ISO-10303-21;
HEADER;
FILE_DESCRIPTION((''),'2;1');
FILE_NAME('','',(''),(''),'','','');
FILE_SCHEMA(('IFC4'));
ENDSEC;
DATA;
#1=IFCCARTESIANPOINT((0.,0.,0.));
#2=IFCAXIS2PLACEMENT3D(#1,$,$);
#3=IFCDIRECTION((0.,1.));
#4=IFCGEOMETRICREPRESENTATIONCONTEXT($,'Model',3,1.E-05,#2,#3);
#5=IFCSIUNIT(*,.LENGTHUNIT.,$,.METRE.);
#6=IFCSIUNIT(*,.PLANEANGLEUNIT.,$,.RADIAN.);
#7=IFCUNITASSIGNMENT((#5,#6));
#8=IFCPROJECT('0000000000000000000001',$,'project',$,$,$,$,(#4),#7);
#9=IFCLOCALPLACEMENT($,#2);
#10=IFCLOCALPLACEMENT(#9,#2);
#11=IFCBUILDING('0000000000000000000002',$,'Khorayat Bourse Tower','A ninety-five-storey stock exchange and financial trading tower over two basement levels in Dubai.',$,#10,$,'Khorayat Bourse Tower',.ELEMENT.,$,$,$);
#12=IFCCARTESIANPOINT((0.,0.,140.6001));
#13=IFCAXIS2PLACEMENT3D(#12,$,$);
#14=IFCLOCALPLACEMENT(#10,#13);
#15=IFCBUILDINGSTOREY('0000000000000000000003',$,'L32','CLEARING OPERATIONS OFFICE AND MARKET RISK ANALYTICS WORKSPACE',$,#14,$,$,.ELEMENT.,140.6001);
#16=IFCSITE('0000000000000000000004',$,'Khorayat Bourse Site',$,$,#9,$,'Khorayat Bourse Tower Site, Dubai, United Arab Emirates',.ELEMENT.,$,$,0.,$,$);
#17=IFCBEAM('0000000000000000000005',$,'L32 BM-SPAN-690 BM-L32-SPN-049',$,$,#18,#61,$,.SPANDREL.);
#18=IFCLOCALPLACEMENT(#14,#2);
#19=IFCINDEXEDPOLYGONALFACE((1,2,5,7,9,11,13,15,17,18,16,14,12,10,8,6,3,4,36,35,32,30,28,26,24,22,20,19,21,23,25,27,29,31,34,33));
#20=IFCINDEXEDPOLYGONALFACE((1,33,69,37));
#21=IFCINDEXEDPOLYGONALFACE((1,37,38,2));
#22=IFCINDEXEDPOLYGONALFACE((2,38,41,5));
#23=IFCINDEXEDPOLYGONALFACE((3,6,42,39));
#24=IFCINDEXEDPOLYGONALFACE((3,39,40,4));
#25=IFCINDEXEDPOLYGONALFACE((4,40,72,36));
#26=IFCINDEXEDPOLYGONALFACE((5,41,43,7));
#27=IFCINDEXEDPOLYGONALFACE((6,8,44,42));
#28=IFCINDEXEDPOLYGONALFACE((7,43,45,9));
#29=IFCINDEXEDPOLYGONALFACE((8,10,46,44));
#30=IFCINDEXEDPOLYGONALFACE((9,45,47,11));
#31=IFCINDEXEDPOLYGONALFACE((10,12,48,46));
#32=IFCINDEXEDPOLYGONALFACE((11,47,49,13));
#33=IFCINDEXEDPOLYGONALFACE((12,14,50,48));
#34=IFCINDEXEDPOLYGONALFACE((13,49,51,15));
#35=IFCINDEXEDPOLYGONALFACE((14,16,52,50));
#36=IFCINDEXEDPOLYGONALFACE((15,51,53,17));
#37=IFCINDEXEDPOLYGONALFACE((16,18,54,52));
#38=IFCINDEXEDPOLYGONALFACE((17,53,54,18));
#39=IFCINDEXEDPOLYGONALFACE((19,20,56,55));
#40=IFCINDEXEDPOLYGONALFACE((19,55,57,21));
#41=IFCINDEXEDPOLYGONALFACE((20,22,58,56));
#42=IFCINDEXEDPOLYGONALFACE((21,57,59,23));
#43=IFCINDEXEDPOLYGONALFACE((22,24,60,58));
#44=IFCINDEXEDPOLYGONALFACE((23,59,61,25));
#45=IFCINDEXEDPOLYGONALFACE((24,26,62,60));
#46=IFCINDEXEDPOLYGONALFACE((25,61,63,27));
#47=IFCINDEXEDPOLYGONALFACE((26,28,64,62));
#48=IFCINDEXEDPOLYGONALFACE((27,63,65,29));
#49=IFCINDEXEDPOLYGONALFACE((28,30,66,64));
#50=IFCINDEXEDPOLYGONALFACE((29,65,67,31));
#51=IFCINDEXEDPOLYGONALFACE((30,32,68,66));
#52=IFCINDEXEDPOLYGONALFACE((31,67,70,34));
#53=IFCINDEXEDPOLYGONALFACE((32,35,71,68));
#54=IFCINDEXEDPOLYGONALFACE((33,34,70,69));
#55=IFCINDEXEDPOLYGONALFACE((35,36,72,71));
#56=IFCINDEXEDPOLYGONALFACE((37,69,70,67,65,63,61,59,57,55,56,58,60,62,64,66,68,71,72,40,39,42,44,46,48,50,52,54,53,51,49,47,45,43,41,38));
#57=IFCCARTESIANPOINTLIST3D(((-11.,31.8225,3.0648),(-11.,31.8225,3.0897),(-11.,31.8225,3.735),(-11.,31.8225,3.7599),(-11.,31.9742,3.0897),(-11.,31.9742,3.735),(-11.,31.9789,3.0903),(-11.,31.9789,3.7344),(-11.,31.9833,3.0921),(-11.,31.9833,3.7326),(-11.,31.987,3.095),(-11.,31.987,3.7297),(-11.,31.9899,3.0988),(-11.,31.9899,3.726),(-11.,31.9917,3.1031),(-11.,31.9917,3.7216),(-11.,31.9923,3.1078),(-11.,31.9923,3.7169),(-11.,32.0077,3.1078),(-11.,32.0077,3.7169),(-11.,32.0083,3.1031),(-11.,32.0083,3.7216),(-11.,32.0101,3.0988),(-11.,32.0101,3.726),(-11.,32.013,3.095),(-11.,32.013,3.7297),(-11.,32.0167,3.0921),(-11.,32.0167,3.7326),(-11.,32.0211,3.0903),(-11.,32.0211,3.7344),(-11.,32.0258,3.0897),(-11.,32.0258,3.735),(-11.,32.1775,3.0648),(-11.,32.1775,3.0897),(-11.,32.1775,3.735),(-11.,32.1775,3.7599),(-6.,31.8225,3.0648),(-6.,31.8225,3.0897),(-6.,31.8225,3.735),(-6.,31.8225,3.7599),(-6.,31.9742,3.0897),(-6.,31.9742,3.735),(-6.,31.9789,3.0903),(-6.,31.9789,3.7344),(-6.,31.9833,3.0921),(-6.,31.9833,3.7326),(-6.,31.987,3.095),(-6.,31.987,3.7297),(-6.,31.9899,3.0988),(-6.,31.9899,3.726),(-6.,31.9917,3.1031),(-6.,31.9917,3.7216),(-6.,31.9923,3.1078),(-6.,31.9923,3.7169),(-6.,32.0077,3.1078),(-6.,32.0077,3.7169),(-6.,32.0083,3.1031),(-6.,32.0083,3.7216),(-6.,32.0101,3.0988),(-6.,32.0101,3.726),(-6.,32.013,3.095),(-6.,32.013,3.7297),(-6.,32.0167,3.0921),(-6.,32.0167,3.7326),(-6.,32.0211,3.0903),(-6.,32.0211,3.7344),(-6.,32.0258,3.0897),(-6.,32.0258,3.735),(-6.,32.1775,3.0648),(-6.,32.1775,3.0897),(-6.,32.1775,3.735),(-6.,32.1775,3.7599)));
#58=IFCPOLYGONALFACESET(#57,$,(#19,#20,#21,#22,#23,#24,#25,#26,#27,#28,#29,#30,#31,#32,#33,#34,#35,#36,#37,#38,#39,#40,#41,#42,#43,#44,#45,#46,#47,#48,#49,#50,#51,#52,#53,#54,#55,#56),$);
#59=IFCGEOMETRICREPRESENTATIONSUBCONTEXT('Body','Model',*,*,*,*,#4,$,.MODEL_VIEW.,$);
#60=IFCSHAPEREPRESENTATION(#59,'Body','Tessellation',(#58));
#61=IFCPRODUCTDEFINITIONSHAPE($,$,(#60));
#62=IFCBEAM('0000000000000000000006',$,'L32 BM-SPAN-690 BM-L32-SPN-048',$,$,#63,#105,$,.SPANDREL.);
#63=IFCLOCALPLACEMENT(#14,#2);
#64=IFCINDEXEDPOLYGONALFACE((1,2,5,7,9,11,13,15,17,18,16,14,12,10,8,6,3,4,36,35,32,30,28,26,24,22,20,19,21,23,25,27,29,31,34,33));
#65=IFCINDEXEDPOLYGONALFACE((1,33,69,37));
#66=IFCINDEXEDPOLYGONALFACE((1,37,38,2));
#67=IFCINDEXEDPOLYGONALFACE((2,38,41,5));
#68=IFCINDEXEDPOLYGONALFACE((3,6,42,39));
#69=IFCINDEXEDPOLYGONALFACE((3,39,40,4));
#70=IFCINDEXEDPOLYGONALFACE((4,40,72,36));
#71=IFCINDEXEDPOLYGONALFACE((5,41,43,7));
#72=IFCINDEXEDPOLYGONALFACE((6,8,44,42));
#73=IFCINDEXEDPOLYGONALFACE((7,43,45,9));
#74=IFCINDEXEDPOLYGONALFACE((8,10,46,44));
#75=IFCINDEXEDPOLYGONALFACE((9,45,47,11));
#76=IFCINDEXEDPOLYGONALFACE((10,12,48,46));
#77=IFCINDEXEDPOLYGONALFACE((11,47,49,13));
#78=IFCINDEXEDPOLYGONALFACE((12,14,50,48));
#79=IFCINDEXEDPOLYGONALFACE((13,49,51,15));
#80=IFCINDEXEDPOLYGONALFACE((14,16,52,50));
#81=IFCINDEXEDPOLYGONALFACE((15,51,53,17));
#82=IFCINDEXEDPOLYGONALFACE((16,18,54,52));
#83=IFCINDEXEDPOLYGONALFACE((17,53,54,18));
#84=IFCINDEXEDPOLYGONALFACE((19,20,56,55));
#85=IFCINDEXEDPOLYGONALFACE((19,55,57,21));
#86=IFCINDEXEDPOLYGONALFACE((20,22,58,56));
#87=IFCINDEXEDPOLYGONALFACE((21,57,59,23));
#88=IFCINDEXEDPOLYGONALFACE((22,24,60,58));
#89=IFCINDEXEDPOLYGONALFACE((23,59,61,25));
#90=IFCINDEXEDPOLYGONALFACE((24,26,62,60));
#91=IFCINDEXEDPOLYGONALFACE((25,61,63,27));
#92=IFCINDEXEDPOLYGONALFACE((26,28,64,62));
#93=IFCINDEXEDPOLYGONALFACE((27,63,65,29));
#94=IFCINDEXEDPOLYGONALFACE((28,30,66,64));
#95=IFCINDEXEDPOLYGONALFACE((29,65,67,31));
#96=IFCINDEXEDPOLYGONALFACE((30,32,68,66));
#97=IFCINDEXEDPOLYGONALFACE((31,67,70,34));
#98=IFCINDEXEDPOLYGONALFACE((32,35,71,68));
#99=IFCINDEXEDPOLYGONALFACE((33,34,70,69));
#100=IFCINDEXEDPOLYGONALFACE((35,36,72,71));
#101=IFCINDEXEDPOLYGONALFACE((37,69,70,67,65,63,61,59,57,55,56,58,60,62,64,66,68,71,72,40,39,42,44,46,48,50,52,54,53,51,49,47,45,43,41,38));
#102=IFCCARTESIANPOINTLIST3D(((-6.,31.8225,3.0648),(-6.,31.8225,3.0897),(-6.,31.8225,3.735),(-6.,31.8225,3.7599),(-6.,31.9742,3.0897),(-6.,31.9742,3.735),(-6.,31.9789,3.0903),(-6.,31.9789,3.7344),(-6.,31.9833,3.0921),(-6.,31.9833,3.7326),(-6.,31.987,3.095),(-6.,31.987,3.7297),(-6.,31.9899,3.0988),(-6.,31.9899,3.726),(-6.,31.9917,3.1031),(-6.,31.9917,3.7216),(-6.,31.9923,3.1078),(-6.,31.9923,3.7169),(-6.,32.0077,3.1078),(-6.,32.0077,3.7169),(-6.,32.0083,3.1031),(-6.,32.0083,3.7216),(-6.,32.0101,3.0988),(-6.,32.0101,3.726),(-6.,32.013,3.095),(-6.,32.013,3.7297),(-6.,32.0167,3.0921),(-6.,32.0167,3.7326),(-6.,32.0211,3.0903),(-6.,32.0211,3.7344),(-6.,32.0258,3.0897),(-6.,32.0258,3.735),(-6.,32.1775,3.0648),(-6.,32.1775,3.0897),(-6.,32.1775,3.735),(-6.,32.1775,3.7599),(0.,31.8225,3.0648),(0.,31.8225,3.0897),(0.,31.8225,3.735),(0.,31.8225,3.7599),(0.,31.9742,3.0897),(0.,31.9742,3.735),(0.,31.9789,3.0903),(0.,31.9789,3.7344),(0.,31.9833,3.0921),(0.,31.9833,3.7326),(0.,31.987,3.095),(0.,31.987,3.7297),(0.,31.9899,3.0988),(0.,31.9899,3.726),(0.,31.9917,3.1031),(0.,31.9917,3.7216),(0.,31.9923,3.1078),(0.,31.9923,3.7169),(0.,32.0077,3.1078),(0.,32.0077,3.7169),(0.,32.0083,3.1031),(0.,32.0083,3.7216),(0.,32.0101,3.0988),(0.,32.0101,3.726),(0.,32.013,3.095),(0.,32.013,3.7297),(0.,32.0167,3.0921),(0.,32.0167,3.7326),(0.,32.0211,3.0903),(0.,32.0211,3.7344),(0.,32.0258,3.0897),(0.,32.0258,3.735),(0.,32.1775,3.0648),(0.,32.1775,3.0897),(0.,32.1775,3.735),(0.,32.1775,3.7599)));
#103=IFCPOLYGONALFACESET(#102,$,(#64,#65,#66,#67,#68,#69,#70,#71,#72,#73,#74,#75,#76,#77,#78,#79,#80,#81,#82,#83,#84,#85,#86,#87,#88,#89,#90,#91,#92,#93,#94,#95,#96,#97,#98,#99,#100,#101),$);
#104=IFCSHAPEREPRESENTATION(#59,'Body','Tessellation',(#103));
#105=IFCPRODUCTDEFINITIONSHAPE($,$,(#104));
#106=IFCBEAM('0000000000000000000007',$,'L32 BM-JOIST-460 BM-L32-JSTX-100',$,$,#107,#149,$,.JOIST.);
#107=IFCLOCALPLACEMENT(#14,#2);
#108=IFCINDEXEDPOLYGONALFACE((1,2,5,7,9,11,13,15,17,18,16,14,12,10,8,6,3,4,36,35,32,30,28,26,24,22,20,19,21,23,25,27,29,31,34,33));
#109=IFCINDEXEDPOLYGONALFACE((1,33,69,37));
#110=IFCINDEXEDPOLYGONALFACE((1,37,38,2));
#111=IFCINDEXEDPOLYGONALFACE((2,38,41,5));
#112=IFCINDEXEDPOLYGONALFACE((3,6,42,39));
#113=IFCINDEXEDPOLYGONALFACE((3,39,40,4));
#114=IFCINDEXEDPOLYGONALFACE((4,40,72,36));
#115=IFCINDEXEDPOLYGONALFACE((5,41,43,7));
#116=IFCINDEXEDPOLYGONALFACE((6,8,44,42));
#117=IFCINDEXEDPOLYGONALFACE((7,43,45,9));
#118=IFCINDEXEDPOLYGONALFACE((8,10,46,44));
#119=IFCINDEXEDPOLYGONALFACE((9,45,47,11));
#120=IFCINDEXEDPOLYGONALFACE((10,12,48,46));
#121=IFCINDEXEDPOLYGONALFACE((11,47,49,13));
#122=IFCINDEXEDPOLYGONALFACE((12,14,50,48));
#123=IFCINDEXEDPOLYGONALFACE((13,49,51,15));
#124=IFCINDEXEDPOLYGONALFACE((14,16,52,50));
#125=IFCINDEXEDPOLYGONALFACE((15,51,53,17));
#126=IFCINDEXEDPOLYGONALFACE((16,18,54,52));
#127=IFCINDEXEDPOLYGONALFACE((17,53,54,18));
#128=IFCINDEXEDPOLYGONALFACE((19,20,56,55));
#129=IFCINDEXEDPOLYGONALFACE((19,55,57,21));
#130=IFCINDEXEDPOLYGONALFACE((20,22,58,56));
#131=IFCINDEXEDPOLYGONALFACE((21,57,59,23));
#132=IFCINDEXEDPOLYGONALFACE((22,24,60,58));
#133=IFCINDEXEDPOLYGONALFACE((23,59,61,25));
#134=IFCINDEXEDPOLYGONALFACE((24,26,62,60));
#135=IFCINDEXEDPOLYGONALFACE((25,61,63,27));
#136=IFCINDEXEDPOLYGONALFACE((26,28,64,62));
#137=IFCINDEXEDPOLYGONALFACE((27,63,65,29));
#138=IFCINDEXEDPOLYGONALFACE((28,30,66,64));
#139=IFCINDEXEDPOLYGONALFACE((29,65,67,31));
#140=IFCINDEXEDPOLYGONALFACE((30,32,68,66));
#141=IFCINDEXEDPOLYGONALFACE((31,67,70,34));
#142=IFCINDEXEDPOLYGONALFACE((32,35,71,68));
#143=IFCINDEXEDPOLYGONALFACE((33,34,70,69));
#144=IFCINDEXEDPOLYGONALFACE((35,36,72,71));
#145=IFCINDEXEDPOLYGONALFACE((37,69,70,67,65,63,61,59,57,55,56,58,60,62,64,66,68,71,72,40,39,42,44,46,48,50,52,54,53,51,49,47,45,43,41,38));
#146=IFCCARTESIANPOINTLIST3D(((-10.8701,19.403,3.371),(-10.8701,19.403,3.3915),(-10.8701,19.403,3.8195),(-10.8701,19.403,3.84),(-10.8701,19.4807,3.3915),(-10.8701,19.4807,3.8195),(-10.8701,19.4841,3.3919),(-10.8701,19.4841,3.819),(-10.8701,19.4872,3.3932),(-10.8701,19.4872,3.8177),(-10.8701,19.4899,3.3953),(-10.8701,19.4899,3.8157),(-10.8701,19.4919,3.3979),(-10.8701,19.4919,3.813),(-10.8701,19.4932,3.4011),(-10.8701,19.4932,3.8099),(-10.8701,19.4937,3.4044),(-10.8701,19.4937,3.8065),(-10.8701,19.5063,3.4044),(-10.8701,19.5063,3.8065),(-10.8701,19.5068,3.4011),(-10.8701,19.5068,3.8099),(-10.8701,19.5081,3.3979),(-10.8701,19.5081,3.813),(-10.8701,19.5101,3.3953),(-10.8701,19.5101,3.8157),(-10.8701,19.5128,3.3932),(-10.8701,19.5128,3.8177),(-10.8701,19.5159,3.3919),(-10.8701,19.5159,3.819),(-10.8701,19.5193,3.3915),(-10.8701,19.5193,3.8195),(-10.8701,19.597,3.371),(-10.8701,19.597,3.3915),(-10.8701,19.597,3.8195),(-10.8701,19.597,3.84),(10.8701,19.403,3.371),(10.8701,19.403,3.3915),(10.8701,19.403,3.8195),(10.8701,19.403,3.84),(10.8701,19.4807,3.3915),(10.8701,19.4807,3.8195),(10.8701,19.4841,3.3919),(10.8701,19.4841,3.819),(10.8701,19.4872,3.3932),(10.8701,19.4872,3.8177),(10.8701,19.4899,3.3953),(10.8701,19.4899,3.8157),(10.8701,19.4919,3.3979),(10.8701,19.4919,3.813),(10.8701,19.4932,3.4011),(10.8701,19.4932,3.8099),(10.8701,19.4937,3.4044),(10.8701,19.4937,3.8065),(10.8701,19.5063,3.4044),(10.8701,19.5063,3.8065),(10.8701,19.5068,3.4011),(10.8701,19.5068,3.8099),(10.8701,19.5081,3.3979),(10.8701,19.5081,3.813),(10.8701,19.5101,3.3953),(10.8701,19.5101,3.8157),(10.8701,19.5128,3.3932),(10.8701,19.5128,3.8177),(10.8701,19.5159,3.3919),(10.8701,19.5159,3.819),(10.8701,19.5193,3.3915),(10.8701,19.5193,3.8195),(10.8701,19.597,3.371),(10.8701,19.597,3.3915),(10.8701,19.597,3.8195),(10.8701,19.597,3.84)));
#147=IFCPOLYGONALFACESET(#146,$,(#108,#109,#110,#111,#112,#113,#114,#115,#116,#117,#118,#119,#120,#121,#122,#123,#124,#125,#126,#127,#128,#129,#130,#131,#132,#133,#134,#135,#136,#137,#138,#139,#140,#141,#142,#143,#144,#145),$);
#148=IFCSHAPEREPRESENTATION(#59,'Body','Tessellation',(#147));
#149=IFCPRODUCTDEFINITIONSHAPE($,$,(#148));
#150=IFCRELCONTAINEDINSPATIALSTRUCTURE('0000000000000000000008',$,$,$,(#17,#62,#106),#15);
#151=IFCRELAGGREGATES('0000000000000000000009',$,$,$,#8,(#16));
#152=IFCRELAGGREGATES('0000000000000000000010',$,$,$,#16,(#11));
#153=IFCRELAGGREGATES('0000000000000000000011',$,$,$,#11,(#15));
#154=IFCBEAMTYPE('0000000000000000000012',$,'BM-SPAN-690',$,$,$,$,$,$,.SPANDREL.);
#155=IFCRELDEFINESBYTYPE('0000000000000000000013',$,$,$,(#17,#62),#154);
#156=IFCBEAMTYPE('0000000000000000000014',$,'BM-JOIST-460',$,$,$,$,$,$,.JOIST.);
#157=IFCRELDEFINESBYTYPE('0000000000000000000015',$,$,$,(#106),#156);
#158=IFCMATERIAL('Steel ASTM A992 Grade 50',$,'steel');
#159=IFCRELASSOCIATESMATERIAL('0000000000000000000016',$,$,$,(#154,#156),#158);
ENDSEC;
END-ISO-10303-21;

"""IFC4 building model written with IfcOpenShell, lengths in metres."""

from ifc_helpers import new_model, si_unit, direction, frame, origin, origin_2d, place, context, subcontext, project, spatial, i_section, extrude, source, transform, mapped, material, material_profile, profile_set, type_object, element, save


model = new_model("IFC4")

# Units and contexts
model_context = context("Model", 3, precision=1e-05, world=origin(), true_north=direction((0.0, 1.0)))
body_context = subcontext(model_context, "Body", "Model", "MODEL_VIEW")
ifc_project = project(units=[si_unit("LENGTHUNIT", "METRE"), si_unit("PLANEANGLEUNIT", "RADIAN")], contexts=[model_context])

# Site, building, storey
site_placement = place(None, origin())
site = spatial("IfcSite", under=ifc_project, at=site_placement, Name="Khorayat Bourse Site", LongName="Khorayat Bourse Tower Site, Dubai, United Arab Emirates", CompositionType="ELEMENT", RefElevation=0.0)
building_placement = place(site_placement, origin())
building = spatial("IfcBuilding", under=site, at=building_placement, Name="Khorayat Bourse Tower", Description="A ninety-five-storey stock exchange and financial trading tower over two basement levels in Dubai.", LongName="Khorayat Bourse Tower", CompositionType="ELEMENT")
storey_placement = place(building_placement, frame((0.0, 0.0, 140.6001)))
storey = spatial("IfcBuildingStorey", under=building, at=storey_placement, Name="L32", Description="CLEARING OPERATIONS OFFICE AND MARKET RISK ANALYTICS WORKSPACE", CompositionType="ELEMENT", Elevation=140.6001)

# Beams
ifc_material_1 = material(Name="Steel ASTM A992 Grade 50", Category="steel")
ifc_material_profile_1 = material_profile(ifc_material_1, i_section(OverallWidth=0.355, OverallDepth=0.6951, WebThickness=0.0154, FlangeThickness=0.0249, FilletRadius=0.0181, at=origin_2d()), Name="W690X217")
ifc_profile_set_1 = profile_set([ifc_material_profile_1], Name="Steel ASTM A992 Grade 50")
beam_type_1 = type_object("IfcBeamType", Name="BM-SPAN-690", PredefinedType="SPANDREL", material=ifc_profile_set_1)
shared_shape_1 = source(origin(), body_context, "Body", "SweptSolid", [
    extrude(i_section(OverallWidth=0.355, OverallDepth=0.6951, WebThickness=0.0154, FlangeThickness=0.0249, FilletRadius=0.0181, at=origin_2d()), origin(), (0.0, 0.0, 1.0), 5.0),
])
beam_1_placement = place(storey_placement, frame((-11.0, 32.0, 3.4124), z_axis=(1.0, 0.0, 0.0), x_axis=(0.0, 1.0, 0.0)))
element("IfcBeam", 1, at=beam_1_placement, inside=storey, type_object=beam_type_1, Name="L32 BM-SPAN-690 BM-L32-SPN-049", PredefinedType="SPANDREL", context=body_context, shape_type="MappedRepresentation", body=[
    mapped(shared_shape_1, transform((0.0, 0.0, 0.0), scale=1.0)),
])
shared_shape_2 = source(origin(), body_context, "Body", "SweptSolid", [
    extrude(i_section(OverallWidth=0.355, OverallDepth=0.6951, WebThickness=0.0154, FlangeThickness=0.0249, FilletRadius=0.0181, at=origin_2d()), origin(), (0.0, 0.0, 1.0), 6.0),
])
beam_2_placement = place(storey_placement, frame((-6.0, 32.0, 3.4124), z_axis=(1.0, 0.0, 0.0), x_axis=(0.0, 1.0, 0.0)))
element("IfcBeam", 2, at=beam_2_placement, inside=storey, type_object=beam_type_1, Name="L32 BM-SPAN-690 BM-L32-SPN-048", PredefinedType="SPANDREL", context=body_context, shape_type="MappedRepresentation", body=[
    mapped(shared_shape_2, transform((0.0, 0.0, 0.0), scale=1.0)),
])
ifc_material_profile_2 = material_profile(ifc_material_1, i_section(OverallWidth=0.1941, OverallDepth=0.469, WebThickness=0.0127, FlangeThickness=0.0205, FilletRadius=0.0129, at=origin_2d()), Name="W460X106")
ifc_profile_set_2 = profile_set([ifc_material_profile_2], Name="Steel ASTM A992 Grade 50")
beam_type_2 = type_object("IfcBeamType", Name="BM-JOIST-460", PredefinedType="JOIST", material=ifc_profile_set_2)
shared_shape_3 = source(origin(), body_context, "Body", "SweptSolid", [
    extrude(i_section(OverallWidth=0.1941, OverallDepth=0.469, WebThickness=0.0127, FlangeThickness=0.0205, FilletRadius=0.0129, at=origin_2d()), origin(), (0.0, 0.0, 1.0), 21.7402),
])
beam_3_placement = place(storey_placement, frame((-10.8701, 19.5, 3.6055), z_axis=(1.0, 0.0, 0.0), x_axis=(0.0, 1.0, 0.0)))
element("IfcBeam", 3, at=beam_3_placement, inside=storey, type_object=beam_type_2, Name="L32 BM-JOIST-460 BM-L32-JSTX-100", PredefinedType="JOIST", context=body_context, shape_type="MappedRepresentation", body=[
    mapped(shared_shape_3, transform((0.0, 0.0, 0.0), scale=1.0)),
])

save(model, "model.ifc")
